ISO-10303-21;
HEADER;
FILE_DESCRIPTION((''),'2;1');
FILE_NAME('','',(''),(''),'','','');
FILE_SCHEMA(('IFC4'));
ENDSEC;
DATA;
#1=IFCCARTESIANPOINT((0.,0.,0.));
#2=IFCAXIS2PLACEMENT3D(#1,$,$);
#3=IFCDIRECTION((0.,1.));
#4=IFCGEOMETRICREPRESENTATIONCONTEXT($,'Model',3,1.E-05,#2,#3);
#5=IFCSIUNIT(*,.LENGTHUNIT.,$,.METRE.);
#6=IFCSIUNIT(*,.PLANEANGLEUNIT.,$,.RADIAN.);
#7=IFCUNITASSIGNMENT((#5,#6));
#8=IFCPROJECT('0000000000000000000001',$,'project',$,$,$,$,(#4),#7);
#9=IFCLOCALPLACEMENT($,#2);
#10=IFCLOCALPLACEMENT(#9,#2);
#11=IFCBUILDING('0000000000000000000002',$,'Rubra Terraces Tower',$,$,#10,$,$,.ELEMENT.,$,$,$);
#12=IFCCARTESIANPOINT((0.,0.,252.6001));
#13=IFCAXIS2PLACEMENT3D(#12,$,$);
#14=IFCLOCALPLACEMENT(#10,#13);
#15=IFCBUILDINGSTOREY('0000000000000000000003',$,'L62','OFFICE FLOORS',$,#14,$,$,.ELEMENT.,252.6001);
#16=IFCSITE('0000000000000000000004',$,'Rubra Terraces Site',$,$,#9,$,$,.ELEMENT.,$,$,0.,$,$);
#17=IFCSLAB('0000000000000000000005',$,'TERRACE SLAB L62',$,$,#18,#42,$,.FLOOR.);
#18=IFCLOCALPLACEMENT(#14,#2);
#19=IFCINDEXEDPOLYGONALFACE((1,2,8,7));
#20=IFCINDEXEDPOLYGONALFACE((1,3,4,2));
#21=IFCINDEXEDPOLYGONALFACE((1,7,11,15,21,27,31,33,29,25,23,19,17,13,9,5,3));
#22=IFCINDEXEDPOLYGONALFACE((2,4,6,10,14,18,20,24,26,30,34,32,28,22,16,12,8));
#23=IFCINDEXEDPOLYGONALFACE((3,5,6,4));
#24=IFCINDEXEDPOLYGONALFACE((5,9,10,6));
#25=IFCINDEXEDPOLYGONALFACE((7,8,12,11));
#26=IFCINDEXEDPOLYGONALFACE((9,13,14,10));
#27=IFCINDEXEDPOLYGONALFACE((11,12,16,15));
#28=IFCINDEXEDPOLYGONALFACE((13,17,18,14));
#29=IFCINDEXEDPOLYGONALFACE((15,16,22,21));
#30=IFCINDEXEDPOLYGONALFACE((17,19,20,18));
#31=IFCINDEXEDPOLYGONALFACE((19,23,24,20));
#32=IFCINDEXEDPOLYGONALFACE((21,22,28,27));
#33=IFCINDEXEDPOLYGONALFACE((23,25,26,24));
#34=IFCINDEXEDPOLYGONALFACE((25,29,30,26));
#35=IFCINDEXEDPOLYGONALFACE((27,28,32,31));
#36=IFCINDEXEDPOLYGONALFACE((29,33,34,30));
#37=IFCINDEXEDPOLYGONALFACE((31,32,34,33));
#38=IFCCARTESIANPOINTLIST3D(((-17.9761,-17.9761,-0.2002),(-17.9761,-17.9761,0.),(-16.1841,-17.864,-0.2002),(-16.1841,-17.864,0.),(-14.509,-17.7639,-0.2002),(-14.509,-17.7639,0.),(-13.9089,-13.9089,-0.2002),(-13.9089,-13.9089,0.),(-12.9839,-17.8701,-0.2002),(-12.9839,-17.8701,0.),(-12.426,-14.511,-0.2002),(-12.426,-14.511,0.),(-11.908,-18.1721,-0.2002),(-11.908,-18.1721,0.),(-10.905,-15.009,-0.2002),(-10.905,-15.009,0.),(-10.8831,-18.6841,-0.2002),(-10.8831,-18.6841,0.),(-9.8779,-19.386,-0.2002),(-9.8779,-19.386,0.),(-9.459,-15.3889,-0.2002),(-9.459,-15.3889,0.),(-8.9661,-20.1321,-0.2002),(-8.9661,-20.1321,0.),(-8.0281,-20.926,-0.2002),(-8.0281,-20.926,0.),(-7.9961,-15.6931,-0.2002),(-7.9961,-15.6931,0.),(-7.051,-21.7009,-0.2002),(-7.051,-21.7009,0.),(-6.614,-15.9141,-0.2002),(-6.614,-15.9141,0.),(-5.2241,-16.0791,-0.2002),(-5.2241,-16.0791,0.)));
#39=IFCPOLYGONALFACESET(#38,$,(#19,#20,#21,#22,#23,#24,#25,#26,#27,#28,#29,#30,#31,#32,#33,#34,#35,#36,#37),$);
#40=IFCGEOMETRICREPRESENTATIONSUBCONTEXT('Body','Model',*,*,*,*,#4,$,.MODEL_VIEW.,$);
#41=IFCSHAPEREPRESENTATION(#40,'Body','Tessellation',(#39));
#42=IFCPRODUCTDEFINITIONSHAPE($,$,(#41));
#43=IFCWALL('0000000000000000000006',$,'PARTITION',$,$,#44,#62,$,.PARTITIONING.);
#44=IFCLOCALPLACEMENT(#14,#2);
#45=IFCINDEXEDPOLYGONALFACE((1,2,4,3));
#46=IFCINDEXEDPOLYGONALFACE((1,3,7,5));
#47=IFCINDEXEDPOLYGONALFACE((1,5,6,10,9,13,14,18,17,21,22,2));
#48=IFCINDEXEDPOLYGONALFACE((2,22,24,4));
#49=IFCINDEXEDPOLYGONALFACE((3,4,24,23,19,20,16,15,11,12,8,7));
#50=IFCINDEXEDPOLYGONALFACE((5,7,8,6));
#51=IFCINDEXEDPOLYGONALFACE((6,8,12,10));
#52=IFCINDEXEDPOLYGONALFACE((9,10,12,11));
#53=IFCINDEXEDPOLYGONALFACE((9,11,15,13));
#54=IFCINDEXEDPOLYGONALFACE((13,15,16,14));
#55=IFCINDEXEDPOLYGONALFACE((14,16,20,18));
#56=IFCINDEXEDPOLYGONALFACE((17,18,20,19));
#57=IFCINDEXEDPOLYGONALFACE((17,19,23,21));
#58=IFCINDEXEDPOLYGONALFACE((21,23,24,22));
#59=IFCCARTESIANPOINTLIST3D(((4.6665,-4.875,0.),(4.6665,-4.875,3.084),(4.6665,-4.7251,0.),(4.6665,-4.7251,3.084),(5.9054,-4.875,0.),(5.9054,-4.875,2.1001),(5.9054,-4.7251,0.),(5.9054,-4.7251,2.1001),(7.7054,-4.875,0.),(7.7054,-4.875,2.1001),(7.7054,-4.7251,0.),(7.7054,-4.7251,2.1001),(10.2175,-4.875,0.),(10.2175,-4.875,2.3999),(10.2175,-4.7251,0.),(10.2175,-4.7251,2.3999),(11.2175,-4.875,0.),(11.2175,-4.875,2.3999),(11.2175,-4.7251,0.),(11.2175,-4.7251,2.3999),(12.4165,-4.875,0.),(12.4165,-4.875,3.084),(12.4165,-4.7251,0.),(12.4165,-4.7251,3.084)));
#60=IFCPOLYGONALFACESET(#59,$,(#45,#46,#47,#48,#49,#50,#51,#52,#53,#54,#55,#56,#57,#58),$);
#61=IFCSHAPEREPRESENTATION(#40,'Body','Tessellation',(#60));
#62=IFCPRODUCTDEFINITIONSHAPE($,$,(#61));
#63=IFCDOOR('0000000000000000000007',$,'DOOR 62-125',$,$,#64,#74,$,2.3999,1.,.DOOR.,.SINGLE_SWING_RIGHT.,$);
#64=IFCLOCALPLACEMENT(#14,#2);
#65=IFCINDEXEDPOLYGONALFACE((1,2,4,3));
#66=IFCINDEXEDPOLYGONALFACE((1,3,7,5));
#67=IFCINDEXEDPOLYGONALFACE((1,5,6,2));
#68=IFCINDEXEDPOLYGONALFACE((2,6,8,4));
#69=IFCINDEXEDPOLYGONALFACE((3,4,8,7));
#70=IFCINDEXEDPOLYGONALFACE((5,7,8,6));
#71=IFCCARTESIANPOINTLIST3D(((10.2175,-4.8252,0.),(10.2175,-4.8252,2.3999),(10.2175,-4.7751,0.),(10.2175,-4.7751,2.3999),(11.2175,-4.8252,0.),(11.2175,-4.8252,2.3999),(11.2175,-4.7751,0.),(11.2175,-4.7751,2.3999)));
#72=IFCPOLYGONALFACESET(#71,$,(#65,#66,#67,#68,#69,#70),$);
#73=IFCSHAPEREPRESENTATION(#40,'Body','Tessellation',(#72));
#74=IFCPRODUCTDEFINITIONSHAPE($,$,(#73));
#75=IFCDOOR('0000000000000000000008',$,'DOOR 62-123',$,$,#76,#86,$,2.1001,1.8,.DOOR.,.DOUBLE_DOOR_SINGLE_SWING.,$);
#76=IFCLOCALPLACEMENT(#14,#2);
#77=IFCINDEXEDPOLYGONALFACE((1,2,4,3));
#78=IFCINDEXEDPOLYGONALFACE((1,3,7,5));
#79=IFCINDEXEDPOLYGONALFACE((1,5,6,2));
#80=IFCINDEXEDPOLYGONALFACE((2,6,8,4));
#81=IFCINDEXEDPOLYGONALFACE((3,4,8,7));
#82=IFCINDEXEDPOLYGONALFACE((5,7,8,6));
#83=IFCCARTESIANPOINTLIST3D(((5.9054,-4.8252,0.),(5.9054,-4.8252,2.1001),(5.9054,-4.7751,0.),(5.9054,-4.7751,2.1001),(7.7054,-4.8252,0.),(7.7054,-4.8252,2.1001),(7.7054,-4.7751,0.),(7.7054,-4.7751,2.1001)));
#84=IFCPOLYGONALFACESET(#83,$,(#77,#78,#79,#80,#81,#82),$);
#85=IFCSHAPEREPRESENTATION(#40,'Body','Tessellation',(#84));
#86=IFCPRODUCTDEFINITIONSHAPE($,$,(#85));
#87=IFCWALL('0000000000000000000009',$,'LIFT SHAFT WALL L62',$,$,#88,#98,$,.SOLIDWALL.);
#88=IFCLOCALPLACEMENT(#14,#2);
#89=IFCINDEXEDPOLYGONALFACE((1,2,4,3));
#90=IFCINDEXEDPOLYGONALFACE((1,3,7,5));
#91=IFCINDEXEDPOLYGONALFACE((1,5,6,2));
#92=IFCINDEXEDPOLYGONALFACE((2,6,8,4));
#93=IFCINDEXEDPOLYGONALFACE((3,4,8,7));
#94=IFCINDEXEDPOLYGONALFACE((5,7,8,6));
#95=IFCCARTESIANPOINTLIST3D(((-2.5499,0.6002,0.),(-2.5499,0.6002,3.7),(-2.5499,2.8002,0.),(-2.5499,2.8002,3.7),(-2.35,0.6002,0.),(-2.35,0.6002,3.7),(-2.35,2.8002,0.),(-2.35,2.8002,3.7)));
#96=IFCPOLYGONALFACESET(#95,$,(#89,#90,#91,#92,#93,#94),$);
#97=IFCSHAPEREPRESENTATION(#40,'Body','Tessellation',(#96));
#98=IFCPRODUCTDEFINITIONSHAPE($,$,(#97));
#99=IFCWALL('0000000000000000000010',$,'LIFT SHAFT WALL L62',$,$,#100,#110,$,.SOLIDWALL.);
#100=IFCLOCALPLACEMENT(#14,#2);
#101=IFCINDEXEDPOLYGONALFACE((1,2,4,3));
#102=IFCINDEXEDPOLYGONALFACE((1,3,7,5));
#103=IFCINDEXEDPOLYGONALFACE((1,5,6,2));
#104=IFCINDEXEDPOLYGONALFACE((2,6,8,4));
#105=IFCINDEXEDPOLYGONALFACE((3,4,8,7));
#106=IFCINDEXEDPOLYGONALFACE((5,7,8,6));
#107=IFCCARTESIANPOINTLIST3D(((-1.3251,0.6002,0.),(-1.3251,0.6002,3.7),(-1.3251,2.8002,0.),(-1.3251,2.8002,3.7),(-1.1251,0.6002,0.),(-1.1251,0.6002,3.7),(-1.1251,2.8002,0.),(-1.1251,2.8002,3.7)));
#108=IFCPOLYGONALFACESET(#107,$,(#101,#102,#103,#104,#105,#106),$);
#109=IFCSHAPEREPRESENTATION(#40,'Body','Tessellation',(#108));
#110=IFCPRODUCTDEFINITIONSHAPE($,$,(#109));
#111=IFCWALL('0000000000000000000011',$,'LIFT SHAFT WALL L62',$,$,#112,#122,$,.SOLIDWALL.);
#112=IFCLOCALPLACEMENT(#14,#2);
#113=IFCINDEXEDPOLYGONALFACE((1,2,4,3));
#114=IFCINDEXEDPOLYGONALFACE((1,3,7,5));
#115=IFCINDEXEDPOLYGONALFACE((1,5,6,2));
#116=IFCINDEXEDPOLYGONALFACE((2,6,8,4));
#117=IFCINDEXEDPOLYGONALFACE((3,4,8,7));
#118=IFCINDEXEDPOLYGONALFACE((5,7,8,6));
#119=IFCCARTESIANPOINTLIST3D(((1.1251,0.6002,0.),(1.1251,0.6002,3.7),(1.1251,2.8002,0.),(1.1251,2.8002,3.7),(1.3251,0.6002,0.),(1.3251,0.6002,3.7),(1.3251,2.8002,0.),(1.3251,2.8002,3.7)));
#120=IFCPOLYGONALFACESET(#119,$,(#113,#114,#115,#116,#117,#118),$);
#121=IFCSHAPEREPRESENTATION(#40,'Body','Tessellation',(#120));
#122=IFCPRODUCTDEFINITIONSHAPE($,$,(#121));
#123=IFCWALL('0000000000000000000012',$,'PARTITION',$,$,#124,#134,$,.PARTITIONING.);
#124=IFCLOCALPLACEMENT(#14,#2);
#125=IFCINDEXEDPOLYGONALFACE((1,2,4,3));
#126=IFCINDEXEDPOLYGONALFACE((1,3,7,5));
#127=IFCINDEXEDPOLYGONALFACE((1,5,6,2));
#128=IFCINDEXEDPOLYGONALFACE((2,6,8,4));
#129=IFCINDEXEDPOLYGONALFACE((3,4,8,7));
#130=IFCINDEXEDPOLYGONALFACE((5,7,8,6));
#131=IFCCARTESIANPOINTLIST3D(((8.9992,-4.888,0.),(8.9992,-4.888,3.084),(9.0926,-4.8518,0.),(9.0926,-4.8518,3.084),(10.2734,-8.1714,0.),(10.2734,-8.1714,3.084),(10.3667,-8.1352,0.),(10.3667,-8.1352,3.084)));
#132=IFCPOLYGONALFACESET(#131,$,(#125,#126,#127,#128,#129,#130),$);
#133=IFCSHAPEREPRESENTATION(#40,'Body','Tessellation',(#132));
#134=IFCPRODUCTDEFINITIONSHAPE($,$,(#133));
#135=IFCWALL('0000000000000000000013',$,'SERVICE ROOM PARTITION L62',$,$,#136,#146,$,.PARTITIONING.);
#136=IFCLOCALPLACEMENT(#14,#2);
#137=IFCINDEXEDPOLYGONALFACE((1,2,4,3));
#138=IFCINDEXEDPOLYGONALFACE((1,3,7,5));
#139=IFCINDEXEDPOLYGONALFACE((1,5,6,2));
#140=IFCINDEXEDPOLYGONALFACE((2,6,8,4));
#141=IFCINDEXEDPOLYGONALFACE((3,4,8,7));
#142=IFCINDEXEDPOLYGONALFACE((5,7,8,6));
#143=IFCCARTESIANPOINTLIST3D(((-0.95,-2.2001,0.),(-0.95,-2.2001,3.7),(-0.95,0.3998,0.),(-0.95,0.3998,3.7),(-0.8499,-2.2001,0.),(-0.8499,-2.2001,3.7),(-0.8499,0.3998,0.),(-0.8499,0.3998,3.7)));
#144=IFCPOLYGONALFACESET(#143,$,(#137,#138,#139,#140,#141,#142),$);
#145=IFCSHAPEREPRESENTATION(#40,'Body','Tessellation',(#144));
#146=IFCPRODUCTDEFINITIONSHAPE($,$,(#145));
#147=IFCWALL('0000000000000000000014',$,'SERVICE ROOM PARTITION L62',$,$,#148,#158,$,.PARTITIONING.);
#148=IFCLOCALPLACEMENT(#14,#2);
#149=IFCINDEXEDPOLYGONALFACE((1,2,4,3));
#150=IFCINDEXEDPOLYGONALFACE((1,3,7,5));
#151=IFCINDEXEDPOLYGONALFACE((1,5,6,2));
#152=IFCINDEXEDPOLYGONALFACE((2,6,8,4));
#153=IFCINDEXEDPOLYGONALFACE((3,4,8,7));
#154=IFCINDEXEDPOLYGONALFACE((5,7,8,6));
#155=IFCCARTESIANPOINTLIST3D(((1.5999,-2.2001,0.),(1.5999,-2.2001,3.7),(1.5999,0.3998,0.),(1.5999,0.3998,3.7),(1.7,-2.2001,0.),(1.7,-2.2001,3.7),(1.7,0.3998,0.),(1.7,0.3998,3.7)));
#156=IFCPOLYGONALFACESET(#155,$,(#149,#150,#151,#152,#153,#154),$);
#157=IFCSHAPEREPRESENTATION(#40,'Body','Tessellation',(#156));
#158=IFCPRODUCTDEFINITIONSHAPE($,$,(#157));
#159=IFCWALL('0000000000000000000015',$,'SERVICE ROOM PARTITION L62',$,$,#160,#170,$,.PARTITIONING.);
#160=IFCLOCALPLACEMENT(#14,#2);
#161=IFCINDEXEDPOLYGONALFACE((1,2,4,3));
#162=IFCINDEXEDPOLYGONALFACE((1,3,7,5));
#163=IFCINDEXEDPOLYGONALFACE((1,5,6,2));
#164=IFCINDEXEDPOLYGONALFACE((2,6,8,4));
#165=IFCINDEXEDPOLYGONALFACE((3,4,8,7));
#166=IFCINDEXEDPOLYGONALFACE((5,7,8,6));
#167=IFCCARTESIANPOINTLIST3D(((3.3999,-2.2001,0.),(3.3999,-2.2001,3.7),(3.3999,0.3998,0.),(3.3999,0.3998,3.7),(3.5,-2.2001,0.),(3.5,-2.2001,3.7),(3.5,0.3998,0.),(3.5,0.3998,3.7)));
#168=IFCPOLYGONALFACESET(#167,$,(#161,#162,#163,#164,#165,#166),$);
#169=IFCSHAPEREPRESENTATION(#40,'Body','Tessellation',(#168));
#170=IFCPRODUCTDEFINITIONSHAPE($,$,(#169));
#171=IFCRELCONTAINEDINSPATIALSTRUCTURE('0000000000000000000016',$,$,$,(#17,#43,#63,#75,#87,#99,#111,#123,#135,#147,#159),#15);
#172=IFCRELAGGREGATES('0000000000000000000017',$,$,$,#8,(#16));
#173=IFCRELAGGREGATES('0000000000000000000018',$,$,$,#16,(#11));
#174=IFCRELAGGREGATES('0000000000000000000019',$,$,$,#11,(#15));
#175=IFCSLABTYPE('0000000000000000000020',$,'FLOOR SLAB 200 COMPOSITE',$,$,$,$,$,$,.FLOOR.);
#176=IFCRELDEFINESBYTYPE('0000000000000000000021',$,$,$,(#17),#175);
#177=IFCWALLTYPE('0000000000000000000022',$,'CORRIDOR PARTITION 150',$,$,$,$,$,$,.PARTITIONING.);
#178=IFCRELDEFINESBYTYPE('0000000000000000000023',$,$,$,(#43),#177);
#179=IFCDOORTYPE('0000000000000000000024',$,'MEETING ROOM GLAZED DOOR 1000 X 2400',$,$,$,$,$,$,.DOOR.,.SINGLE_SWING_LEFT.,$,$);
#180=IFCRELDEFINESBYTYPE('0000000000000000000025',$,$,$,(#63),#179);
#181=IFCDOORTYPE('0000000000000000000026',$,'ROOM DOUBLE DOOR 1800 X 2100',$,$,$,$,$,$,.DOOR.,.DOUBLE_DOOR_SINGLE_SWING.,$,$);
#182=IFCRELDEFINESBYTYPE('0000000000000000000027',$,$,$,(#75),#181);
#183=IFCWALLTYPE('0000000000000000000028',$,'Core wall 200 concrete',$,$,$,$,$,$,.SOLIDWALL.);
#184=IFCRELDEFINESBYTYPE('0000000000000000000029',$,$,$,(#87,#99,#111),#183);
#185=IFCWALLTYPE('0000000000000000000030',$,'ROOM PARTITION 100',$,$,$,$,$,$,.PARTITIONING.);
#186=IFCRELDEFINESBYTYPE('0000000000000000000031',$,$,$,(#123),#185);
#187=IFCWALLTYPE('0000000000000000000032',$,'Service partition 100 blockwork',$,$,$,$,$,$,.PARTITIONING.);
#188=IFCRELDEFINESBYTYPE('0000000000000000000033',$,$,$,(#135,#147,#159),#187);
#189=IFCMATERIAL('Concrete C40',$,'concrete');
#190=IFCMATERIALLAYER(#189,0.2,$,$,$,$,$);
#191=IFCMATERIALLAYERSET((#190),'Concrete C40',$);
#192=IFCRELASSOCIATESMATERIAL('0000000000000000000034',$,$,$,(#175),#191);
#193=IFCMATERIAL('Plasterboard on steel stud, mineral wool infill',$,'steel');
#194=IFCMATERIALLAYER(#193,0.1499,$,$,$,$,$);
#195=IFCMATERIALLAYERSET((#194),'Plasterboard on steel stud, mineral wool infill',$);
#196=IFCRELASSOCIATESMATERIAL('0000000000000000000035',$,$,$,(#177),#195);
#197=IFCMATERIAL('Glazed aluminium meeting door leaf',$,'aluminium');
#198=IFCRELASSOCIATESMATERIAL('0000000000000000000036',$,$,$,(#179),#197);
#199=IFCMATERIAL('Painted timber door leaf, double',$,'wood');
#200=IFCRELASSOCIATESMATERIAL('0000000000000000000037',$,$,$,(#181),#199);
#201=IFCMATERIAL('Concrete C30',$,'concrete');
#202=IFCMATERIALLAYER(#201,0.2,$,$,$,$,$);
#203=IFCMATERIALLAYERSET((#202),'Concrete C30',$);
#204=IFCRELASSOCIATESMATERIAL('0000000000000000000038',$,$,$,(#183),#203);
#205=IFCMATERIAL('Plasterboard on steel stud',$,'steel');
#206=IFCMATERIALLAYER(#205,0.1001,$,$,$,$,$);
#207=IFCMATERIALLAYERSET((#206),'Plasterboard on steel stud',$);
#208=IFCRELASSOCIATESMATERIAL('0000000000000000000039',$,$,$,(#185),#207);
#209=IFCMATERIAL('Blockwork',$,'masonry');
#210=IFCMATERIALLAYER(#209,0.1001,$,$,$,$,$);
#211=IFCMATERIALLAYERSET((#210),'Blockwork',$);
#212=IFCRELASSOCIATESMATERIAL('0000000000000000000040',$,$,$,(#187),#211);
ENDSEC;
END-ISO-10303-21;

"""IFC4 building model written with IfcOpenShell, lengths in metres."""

from ifc_helpers import new_model, si_unit, direction, frame, frame_2d, origin, place, context, subcontext, project, spatial, polyline, rectangle, outline, extrude, material, layer, layer_set, type_object, element, fill, save


model = new_model("IFC4")

# Units and contexts
model_context = context("Model", 3, precision=1e-05, world=origin(), true_north=direction((0.0, 1.0)))
body_context = subcontext(model_context, "Body", "Model", "MODEL_VIEW")
ifc_project = project(units=[si_unit("LENGTHUNIT", "METRE"), si_unit("PLANEANGLEUNIT", "RADIAN")], contexts=[model_context])

# Site, building, storey
site_placement = place(None, origin())
site = spatial("IfcSite", under=ifc_project, at=site_placement, Name="Rubra Terraces Site", CompositionType="ELEMENT", RefElevation=0.0)
building_placement = place(site_placement, origin())
building = spatial("IfcBuilding", under=site, at=building_placement, Name="Rubra Terraces Tower", CompositionType="ELEMENT")
storey_placement = place(building_placement, frame((0.0, 0.0, 252.6001)))
storey = spatial("IfcBuildingStorey", under=building, at=storey_placement, Name="L62", Description="OFFICE FLOORS", CompositionType="ELEMENT", Elevation=252.6001)

# Shared definitions
ifc_material_1 = material(Name="Concrete C40", Category="concrete")

# Slab
ifc_layer_1 = layer(ifc_material_1, 0.2)
ifc_layer_set_1 = layer_set([ifc_layer_1], Name="Concrete C40")
slab_type_1 = type_object("IfcSlabType", Name="FLOOR SLAB 200 COMPOSITE", PredefinedType="FLOOR", material=ifc_layer_set_1)
slab_1_placement = place(storey_placement, frame((0.0, 0.0, -0.2002)))
element("IfcSlab", 1, at=slab_1_placement, inside=storey, type_object=slab_type_1, Name="TERRACE SLAB L62", PredefinedType="FLOOR", context=body_context, shape_type="SweptSolid", body=[
    extrude(outline(polyline([(-17.9761, -17.9761), (-16.1841, -17.864), (-14.509, -17.7639), (-12.9839, -17.8701), (-11.908, -18.1721), (-10.8831, -18.6841), (-9.8779, -19.386), (-8.9661, -20.1321), (-8.0281, -20.926), (-7.051, -21.7009), (-5.2241, -16.0791), (-6.614, -15.9141), (-7.9961, -15.6931), (-9.459, -15.3889), (-10.905, -15.009), (-12.426, -14.511), (-13.9089, -13.9089), (-17.9761, -17.9761)])), origin(), (0.0, 0.0, 1.0), 0.2002),
])

# Wall, openings, doors
ifc_material_2 = material(Name="Plasterboard on steel stud, mineral wool infill", Category="steel")
ifc_layer_2 = layer(ifc_material_2, 0.1499)
ifc_layer_set_2 = layer_set([ifc_layer_2], Name="Plasterboard on steel stud, mineral wool infill")
wall_type_1 = type_object("IfcWallType", Name="CORRIDOR PARTITION 150", PredefinedType="PARTITIONING", material=ifc_layer_set_2)
wall_1_placement = place(storey_placement, frame((4.6665, -4.8, 0.0), z_axis=(0.0, 0.0, 1.0), x_axis=(1.0, 0.0, 0.0)))
wall_1 = element("IfcWall", 2, at=wall_1_placement, inside=storey, type_object=wall_type_1, Name="PARTITION", PredefinedType="PARTITIONING", context=body_context, shape_type="SweptSolid", body=[
    extrude(rectangle(XDim=7.75, YDim=0.1499, at=frame_2d((3.875, 0.0))), origin(), (0.0, 0.0, 1.0), 3.084),
])
opening_1_placement = place(wall_1_placement, frame((1.239, 0.0, 0.0)))
opening_1 = element("IfcOpeningElement", 3, at=opening_1_placement, cuts=wall_1, PredefinedType="OPENING", context=body_context, shape_type="SweptSolid", body=[
    extrude(rectangle(XDim=1.8, YDim=2.1001, at=frame_2d((0.8999, 1.05))), frame((0.0, 0.085, 0.0), z_axis=(0.0, -1.0, 0.0), x_axis=(1.0, 0.0, 0.0)), (0.0, 0.0, 1.0), 0.1699),
])
opening_2_placement = place(wall_1_placement, frame((5.551, 0.0, 0.0)))
opening_2 = element("IfcOpeningElement", 4, at=opening_2_placement, cuts=wall_1, PredefinedType="OPENING", context=body_context, shape_type="SweptSolid", body=[
    extrude(rectangle(XDim=1.0, YDim=2.3999, at=frame_2d((0.5, 1.2))), frame((0.0, 0.085, 0.0), z_axis=(0.0, -1.0, 0.0), x_axis=(1.0, 0.0, 0.0)), (0.0, 0.0, 1.0), 0.1699),
])
ifc_material_3 = material(Name="Glazed aluminium meeting door leaf", Category="aluminium")
door_type_1 = type_object("IfcDoorType", Name="MEETING ROOM GLAZED DOOR 1000 X 2400", OperationType="SINGLE_SWING_LEFT", PredefinedType="DOOR", material=ifc_material_3)
door_1_placement = place(opening_2_placement, origin())
door_1 = element("IfcDoor", 5, at=door_1_placement, inside=storey, type_object=door_type_1, Name="DOOR 62-125", OperationType="SINGLE_SWING_RIGHT", OverallHeight=2.3999, OverallWidth=1.0, PredefinedType="DOOR", context=body_context, shape_type="SweptSolid", body=[
    extrude(rectangle(XDim=1.0, YDim=2.3999, at=frame_2d((0.5, 1.2))), frame((0.0, 0.0249, 0.0), z_axis=(0.0, -1.0, 0.0), x_axis=(1.0, 0.0, 0.0)), (0.0, 0.0, 1.0), 0.05),
])
fill(opening_2, door_1)
ifc_material_4 = material(Name="Painted timber door leaf, double", Category="wood")
door_type_2 = type_object("IfcDoorType", Name="ROOM DOUBLE DOOR 1800 X 2100", OperationType="DOUBLE_DOOR_SINGLE_SWING", PredefinedType="DOOR", material=ifc_material_4)
door_2_placement = place(opening_1_placement, origin())
door_2 = element("IfcDoor", 6, at=door_2_placement, inside=storey, type_object=door_type_2, Name="DOOR 62-123", OperationType="DOUBLE_DOOR_SINGLE_SWING", OverallHeight=2.1001, OverallWidth=1.8, PredefinedType="DOOR", context=body_context, shape_type="SweptSolid", body=[
    extrude(rectangle(XDim=1.8, YDim=2.1001, at=frame_2d((0.8999, 1.05))), frame((0.0, 0.0249, 0.0), z_axis=(0.0, -1.0, 0.0), x_axis=(1.0, 0.0, 0.0)), (0.0, 0.0, 1.0), 0.05),
])
fill(opening_1, door_2)

# Walls
ifc_material_5 = material(Name="Concrete C30", Category="concrete")
ifc_layer_3 = layer(ifc_material_5, 0.2)
ifc_layer_set_3 = layer_set([ifc_layer_3], Name="Concrete C30")
wall_type_2 = type_object("IfcWallType", Name="Core wall 200 concrete", PredefinedType="SOLIDWALL", material=ifc_layer_set_3)
for number, where, z_axis, x_axis, name in (
    (7, (-2.45, 0.6001, 0.0), (0.0, 0.0, 1.0), (0.0, 1.0, 0.0), "LIFT SHAFT WALL L62"),
    (8, (-1.2251, 0.6001, 0.0), (0.0, 0.0, 1.0), (0.0, 1.0, 0.0), "LIFT SHAFT WALL L62"),
    (9, (1.2251, 0.6001, 0.0), (0.0, 0.0, 1.0), (0.0, 1.0, 0.0), "LIFT SHAFT WALL L62"),
):
    element("IfcWall", number, at=place(storey_placement, frame(where, z_axis=z_axis, x_axis=x_axis)), inside=storey, type_object=wall_type_2, Name=name, PredefinedType="SOLIDWALL", context=body_context, shape_type="SweptSolid", body=[
        extrude(rectangle(XDim=2.2, YDim=0.2, at=frame_2d((1.1001, 0.0))), origin(), (0.0, 0.0, 1.0), 3.7),
    ])
ifc_material_6 = material(Name="Plasterboard on steel stud", Category="steel")
ifc_layer_4 = layer(ifc_material_6, 0.1001)
ifc_layer_set_4 = layer_set([ifc_layer_4], Name="Plasterboard on steel stud")
wall_type_3 = type_object("IfcWallType", Name="ROOM PARTITION 100", PredefinedType="PARTITIONING", material=ifc_layer_set_4)
wall_2_placement = place(storey_placement, frame((9.0459, -4.8699, 0.0), z_axis=(0.0, 0.0, 1.0), x_axis=(0.361774, -0.932266, 0.0)))
element("IfcWall", 10, at=wall_2_placement, inside=storey, type_object=wall_type_3, Name="PARTITION", PredefinedType="PARTITIONING", context=body_context, shape_type="SweptSolid", body=[
    extrude(rectangle(XDim=3.522, YDim=0.1001, at=frame_2d((1.761, 0.0))), origin(), (0.0, 0.0, 1.0), 3.084),
])
ifc_material_7 = material(Name="Blockwork", Category="masonry")
ifc_layer_5 = layer(ifc_material_7, 0.1001)
ifc_layer_set_5 = layer_set([ifc_layer_5], Name="Blockwork")
wall_type_4 = type_object("IfcWallType", Name="Service partition 100 blockwork", PredefinedType="PARTITIONING", material=ifc_layer_set_5)
for number, where, z_axis, x_axis, name in (
    (11, (-0.8999, -2.2, 0.0), (0.0, 0.0, 1.0), (0.0, 1.0, 0.0), "SERVICE ROOM PARTITION L62"),
    (12, (1.6499, -2.2, 0.0), (0.0, 0.0, 1.0), (0.0, 1.0, 0.0), "SERVICE ROOM PARTITION L62"),
    (13, (3.45, -2.2, 0.0), (0.0, 0.0, 1.0), (0.0, 1.0, 0.0), "SERVICE ROOM PARTITION L62"),
):
    element("IfcWall", number, at=place(storey_placement, frame(where, z_axis=z_axis, x_axis=x_axis)), inside=storey, type_object=wall_type_4, Name=name, PredefinedType="PARTITIONING", context=body_context, shape_type="SweptSolid", body=[
        extrude(rectangle(XDim=2.5999, YDim=0.1001, at=frame_2d((1.2998, 0.0))), origin(), (0.0, 0.0, 1.0), 3.7),
    ])

save(model, "model.ifc")
